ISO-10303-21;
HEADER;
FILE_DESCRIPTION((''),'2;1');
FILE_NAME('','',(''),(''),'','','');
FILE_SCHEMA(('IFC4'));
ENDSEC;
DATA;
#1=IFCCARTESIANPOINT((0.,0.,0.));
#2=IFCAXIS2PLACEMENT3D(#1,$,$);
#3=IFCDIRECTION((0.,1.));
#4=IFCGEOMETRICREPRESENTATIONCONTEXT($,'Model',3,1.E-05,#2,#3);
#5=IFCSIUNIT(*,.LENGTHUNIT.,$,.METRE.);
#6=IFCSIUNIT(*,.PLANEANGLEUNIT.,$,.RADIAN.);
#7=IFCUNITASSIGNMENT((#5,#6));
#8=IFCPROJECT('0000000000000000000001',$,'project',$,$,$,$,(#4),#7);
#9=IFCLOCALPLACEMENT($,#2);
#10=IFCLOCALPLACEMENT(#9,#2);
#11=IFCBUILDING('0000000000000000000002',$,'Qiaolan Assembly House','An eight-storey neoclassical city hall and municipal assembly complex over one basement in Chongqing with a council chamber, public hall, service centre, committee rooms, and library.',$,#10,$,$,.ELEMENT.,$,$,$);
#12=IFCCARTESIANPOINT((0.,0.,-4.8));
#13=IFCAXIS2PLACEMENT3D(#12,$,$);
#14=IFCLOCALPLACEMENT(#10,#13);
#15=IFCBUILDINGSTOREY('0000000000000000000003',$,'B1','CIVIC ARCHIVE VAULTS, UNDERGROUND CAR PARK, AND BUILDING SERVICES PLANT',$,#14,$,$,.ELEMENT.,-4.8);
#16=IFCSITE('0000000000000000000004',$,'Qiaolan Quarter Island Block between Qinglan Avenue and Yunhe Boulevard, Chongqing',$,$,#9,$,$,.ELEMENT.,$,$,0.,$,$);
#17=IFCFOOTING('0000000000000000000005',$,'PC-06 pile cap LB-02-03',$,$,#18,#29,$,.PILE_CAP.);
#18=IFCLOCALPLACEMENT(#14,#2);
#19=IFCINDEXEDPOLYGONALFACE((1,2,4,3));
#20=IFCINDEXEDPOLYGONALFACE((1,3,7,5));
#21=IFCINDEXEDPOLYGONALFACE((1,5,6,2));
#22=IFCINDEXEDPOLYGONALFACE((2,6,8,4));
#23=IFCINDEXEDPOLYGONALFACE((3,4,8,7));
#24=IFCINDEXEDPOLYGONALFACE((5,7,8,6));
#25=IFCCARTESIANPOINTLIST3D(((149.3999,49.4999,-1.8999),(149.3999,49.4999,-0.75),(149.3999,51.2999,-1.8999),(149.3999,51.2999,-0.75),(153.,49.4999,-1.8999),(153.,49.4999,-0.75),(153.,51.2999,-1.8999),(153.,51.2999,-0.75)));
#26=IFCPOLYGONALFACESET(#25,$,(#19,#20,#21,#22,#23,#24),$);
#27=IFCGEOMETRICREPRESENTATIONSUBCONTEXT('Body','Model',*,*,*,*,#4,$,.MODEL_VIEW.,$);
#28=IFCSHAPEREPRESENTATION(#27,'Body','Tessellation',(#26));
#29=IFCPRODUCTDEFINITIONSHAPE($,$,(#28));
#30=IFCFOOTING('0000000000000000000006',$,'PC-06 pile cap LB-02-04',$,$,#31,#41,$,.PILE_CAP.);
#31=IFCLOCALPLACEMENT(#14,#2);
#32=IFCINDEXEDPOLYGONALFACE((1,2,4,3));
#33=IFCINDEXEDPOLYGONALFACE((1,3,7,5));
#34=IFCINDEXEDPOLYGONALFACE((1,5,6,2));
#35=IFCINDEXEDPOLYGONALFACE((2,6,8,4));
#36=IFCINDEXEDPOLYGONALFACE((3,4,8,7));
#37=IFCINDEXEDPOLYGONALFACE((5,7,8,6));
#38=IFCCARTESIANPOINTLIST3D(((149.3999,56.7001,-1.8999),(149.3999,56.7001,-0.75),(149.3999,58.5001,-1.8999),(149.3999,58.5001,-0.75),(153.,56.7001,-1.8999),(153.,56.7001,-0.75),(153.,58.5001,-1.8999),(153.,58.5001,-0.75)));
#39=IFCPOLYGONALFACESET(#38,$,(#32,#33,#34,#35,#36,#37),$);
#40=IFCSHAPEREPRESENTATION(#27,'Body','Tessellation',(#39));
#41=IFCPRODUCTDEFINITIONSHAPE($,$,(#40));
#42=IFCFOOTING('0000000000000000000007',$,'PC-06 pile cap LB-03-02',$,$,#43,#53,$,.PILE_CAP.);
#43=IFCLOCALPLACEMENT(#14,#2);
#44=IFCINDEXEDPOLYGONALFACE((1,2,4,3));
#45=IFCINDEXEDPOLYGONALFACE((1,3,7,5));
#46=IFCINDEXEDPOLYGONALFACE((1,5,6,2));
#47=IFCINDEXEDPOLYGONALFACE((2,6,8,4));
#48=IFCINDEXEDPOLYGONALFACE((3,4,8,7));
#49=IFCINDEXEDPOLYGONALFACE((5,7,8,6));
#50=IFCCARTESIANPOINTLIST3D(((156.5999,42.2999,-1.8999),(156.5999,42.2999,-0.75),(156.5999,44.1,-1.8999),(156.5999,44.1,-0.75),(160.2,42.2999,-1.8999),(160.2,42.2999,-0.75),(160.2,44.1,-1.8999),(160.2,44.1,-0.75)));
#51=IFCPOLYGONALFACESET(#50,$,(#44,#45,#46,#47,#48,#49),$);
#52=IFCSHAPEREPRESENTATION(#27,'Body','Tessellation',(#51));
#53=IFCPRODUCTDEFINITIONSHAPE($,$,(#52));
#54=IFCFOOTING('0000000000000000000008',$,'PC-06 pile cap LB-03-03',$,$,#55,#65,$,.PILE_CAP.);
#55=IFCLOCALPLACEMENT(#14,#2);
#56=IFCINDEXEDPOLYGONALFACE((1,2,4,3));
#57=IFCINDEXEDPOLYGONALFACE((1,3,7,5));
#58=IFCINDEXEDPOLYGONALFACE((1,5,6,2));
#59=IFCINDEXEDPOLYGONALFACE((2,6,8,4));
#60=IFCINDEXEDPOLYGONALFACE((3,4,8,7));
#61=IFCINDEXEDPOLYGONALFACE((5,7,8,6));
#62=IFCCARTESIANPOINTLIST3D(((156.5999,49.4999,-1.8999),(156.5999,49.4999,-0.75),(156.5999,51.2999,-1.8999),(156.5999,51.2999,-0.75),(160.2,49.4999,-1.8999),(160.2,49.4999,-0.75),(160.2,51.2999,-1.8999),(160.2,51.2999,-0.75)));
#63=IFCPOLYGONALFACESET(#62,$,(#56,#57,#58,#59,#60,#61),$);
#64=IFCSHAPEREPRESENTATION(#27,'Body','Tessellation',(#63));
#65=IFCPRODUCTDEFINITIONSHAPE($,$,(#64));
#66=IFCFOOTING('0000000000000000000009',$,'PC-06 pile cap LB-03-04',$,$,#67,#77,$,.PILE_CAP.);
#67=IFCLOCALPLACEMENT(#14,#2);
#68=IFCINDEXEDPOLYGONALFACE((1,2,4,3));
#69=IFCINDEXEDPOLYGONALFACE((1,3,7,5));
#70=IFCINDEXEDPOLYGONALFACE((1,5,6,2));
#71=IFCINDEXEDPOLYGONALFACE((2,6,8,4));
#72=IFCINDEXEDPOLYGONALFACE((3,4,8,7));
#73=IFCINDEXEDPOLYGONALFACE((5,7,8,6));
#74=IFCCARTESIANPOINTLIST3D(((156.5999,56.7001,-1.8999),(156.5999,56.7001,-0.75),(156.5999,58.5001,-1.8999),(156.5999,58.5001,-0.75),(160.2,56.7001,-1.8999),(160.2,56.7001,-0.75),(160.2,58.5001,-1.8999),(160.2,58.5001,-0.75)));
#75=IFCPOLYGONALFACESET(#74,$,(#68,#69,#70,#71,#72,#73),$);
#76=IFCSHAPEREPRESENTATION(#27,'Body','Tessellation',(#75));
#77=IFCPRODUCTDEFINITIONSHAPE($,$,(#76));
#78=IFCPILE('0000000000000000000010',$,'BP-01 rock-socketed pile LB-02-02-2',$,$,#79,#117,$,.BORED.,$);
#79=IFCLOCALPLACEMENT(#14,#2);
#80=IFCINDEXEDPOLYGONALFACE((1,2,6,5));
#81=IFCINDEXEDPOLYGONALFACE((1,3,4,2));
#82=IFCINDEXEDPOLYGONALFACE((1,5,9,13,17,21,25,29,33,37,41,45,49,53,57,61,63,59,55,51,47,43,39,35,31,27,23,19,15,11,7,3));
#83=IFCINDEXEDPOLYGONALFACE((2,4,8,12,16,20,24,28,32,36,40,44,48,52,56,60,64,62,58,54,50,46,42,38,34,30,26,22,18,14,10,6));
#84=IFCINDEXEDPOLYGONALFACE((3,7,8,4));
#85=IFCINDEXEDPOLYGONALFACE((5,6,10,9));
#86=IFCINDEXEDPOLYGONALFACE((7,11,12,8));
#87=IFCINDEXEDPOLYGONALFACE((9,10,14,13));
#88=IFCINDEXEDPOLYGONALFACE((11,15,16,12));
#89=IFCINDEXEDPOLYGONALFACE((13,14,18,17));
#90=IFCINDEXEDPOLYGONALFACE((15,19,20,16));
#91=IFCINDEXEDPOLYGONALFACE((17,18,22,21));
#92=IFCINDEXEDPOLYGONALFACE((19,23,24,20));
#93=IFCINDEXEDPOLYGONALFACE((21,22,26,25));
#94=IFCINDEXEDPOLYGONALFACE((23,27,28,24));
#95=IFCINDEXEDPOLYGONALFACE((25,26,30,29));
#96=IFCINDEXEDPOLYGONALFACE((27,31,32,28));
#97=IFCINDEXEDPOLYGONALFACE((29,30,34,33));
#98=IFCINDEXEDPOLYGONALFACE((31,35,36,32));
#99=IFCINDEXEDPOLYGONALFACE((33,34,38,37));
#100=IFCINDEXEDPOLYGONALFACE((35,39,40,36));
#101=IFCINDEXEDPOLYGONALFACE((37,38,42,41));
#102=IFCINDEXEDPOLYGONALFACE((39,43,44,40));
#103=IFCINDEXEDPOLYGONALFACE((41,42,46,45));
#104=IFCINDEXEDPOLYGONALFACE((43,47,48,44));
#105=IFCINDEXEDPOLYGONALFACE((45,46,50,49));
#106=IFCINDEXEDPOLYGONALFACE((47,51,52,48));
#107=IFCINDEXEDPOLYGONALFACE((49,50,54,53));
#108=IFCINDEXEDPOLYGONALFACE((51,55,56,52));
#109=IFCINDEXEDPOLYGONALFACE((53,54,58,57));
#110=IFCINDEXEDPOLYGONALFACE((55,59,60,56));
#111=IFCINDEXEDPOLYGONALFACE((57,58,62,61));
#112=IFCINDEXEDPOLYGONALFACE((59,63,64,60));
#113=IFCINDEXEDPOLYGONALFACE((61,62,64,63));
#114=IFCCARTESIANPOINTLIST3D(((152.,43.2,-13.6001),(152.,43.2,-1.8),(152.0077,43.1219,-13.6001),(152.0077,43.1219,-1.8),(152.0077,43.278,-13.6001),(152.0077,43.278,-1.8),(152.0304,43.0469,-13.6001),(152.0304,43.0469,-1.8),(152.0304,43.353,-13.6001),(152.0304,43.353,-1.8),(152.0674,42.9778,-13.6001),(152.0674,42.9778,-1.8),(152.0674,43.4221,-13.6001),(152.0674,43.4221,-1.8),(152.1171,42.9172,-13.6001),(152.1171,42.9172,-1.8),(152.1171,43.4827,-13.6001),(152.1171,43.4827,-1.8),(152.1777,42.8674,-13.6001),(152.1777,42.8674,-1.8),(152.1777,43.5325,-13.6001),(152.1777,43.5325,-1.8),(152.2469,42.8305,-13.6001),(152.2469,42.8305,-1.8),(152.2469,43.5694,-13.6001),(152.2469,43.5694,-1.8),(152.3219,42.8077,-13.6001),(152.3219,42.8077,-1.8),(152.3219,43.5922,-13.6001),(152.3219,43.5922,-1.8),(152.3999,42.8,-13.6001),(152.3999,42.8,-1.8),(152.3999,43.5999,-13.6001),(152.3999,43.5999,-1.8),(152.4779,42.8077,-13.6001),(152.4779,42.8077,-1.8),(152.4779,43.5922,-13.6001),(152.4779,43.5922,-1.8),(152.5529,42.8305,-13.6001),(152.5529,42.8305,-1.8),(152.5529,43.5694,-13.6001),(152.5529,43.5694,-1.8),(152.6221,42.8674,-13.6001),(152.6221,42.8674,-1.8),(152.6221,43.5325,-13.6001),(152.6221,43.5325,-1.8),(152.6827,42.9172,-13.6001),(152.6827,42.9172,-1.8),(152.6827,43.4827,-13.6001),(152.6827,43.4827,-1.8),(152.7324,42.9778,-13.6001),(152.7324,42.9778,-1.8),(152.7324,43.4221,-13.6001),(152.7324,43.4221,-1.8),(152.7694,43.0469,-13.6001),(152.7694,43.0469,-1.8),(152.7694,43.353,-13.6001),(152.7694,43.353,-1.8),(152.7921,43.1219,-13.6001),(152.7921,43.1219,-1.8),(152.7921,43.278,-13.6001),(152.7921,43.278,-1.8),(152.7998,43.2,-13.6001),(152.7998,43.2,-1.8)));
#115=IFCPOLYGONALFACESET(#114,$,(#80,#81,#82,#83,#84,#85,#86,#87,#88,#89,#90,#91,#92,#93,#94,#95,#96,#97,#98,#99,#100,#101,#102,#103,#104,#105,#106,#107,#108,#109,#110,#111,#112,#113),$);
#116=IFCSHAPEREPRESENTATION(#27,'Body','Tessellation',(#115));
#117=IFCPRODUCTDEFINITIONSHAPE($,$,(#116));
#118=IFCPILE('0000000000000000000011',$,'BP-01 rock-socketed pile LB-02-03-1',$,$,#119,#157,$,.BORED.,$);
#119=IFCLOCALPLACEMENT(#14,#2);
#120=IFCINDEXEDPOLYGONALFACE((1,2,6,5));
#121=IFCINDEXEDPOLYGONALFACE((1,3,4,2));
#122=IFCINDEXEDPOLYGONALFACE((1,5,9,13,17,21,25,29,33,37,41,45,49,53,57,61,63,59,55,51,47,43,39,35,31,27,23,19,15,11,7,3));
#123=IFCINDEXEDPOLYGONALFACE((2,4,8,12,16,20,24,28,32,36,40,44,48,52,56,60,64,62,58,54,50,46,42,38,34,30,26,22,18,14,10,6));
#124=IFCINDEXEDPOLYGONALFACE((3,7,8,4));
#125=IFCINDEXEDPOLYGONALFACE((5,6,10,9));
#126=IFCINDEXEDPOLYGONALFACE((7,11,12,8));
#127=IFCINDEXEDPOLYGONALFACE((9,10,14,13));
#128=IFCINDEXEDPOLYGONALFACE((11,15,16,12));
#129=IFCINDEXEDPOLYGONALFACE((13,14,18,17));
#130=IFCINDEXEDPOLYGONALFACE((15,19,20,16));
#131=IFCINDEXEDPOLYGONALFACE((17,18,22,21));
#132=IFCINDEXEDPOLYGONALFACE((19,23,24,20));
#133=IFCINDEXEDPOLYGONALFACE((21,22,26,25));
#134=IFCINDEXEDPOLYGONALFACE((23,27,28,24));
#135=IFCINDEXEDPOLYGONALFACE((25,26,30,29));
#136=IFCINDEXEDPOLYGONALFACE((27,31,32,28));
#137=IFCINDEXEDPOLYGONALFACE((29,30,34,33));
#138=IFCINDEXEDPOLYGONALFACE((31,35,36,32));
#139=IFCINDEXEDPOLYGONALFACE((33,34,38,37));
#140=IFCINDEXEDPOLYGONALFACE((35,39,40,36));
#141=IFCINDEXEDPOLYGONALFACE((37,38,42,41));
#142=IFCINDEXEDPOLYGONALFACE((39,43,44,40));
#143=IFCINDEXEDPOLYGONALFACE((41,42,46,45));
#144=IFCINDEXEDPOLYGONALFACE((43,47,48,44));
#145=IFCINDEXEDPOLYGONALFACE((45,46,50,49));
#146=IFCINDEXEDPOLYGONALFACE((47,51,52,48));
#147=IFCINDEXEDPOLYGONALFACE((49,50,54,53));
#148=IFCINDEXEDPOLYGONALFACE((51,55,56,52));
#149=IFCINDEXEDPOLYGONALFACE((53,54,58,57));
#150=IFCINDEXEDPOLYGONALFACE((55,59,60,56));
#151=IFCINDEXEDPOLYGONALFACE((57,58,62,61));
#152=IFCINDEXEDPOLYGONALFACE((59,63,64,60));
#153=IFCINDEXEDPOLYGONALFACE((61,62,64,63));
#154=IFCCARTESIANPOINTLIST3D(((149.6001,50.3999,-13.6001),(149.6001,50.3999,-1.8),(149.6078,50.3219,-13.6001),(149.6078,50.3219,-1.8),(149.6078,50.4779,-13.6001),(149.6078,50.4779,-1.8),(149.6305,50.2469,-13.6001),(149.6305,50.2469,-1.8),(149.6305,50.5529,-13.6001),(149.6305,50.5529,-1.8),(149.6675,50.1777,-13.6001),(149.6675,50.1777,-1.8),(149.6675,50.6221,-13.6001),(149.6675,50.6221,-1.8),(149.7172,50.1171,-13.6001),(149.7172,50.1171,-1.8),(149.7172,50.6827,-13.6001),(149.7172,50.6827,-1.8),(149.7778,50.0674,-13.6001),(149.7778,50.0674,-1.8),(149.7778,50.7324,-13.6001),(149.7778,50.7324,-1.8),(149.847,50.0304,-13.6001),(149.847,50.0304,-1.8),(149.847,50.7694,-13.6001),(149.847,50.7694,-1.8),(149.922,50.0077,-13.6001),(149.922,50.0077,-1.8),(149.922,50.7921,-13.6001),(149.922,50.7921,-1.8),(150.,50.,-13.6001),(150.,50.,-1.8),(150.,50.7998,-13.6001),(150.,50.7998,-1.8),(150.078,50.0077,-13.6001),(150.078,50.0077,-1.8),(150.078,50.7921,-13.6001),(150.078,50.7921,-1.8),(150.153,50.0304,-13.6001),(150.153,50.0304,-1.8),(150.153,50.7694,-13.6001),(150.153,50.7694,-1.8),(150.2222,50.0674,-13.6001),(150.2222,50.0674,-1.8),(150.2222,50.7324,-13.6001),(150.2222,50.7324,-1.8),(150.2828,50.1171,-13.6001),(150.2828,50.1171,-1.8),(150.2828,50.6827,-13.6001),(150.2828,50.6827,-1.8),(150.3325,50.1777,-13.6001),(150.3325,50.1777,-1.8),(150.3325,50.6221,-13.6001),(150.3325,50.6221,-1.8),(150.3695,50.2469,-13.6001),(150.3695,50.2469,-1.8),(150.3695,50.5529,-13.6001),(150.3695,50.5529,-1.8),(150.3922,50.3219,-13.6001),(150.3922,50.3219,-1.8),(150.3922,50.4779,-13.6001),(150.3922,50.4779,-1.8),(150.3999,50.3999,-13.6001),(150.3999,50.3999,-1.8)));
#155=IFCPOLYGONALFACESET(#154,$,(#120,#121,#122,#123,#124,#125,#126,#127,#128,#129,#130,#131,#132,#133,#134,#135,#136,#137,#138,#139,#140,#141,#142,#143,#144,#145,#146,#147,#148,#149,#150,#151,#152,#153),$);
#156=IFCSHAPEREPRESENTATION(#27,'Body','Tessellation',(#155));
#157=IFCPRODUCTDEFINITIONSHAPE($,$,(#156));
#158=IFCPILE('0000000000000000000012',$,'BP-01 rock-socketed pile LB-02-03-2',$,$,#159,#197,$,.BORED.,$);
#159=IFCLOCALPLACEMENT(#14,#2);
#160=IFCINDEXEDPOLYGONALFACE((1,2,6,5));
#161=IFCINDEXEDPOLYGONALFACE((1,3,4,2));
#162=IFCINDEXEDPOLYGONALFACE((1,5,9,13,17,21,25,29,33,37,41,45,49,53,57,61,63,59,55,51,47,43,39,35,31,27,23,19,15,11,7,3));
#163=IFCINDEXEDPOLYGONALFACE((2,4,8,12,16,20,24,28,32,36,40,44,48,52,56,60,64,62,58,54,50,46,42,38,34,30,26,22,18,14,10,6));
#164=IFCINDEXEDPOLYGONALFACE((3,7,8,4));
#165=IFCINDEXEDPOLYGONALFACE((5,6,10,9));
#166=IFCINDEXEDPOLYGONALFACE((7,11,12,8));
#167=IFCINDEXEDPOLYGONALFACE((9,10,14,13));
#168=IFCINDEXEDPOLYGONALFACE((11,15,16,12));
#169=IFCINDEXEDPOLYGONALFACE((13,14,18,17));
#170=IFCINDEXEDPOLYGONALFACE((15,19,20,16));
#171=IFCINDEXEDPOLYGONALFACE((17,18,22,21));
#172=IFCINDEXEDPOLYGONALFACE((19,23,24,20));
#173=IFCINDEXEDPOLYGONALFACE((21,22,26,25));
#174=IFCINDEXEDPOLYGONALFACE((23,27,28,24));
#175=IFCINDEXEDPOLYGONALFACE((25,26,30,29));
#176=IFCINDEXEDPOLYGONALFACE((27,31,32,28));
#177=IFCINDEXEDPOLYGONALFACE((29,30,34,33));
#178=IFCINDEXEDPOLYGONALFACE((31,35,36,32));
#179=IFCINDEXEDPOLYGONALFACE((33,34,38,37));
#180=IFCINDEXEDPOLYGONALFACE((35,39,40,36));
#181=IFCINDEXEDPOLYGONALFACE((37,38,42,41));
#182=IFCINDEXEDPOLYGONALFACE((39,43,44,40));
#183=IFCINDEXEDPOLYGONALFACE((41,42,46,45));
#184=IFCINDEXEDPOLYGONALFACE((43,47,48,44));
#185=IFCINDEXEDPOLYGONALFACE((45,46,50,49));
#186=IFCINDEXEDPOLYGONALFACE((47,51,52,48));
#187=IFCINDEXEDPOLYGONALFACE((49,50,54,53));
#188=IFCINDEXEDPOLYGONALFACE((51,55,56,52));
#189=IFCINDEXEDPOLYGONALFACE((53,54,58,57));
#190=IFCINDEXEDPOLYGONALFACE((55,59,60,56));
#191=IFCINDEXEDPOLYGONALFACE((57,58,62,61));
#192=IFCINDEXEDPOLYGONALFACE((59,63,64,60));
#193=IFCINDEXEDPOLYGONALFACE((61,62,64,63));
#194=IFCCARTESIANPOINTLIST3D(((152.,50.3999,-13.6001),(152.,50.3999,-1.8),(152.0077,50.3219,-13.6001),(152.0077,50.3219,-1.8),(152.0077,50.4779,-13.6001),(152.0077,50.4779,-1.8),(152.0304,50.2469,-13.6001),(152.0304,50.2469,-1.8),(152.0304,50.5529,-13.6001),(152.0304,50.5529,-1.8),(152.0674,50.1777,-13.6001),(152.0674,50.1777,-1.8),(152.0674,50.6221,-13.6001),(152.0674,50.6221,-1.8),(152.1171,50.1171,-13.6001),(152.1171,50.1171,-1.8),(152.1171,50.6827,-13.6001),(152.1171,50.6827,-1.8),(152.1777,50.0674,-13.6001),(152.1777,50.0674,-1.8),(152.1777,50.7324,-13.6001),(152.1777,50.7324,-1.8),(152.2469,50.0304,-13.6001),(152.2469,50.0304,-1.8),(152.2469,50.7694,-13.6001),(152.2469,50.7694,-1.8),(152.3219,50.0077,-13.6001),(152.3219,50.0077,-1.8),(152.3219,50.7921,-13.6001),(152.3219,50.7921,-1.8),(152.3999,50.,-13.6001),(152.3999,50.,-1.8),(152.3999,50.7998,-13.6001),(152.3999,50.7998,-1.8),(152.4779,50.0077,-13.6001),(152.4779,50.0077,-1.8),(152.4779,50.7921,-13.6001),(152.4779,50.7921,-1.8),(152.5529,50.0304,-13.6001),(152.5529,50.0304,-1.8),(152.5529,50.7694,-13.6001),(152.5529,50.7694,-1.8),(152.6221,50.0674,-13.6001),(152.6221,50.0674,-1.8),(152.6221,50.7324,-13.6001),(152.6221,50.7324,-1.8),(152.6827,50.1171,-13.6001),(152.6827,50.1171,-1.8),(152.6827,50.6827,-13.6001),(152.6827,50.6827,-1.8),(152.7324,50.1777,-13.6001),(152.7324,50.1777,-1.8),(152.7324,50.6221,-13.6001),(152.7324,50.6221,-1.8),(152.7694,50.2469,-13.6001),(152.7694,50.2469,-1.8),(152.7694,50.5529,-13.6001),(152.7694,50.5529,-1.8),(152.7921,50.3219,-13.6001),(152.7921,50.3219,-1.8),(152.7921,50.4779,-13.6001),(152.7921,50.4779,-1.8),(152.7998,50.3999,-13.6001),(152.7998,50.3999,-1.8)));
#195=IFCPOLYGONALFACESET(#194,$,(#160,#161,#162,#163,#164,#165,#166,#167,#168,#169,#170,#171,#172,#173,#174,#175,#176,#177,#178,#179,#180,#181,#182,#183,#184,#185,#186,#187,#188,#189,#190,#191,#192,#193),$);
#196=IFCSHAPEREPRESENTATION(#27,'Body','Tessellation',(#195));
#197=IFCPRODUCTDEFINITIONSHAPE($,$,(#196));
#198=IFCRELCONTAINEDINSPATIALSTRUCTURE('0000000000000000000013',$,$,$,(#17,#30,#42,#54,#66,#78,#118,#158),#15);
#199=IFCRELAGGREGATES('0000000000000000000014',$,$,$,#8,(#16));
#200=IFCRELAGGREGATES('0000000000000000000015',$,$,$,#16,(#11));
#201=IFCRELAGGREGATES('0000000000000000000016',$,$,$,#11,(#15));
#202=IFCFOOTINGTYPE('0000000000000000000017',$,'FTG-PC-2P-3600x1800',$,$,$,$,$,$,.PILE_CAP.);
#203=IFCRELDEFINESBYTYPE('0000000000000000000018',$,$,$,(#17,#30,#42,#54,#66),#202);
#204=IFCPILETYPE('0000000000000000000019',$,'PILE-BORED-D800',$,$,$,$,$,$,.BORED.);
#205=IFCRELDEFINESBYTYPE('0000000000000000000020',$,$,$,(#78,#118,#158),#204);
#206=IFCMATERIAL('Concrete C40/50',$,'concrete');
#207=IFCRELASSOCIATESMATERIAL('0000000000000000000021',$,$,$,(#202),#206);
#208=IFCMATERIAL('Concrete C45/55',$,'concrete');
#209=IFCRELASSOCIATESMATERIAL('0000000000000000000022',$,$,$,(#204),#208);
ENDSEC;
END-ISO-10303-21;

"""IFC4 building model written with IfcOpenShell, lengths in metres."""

from ifc_helpers import new_model, si_unit, direction, frame, origin, origin_2d, place, context, subcontext, project, spatial, rectangle, circle, extrude, material, material_profile, profile_set, type_object, element, save


model = new_model("IFC4")

# Units and contexts
model_context = context("Model", 3, precision=1e-05, world=origin(), true_north=direction((0.0, 1.0)))
body_context = subcontext(model_context, "Body", "Model", "MODEL_VIEW")
ifc_project = project(units=[si_unit("LENGTHUNIT", "METRE"), si_unit("PLANEANGLEUNIT", "RADIAN")], contexts=[model_context])

# Site, building, storey
site_placement = place(None, origin())
site = spatial("IfcSite", under=ifc_project, at=site_placement, Name="Qiaolan Quarter Island Block between Qinglan Avenue and Yunhe Boulevard, Chongqing", CompositionType="ELEMENT", RefElevation=0.0)
building_placement = place(site_placement, origin())
building = spatial("IfcBuilding", under=site, at=building_placement, Name="Qiaolan Assembly House", Description="An eight-storey neoclassical city hall and municipal assembly complex over one basement in Chongqing with a council chamber, public hall, service centre, committee rooms, and library.", CompositionType="ELEMENT")
storey_placement = place(building_placement, frame((0.0, 0.0, -4.8)))
storey = spatial("IfcBuildingStorey", under=building, at=storey_placement, Name="B1", Description="CIVIC ARCHIVE VAULTS, UNDERGROUND CAR PARK, AND BUILDING SERVICES PLANT", CompositionType="ELEMENT", Elevation=-4.8)

# Footings
ifc_material_1 = material(Name="Concrete C40/50", Category="concrete")
footing_type = type_object("IfcFootingType", Name="FTG-PC-2P-3600x1800", PredefinedType="PILE_CAP", material=ifc_material_1)
for number, where, z_axis, x_axis, name in (
    (1, (151.2, 50.3999, -1.8999), (0.0, 0.0, 1.0), (1.0, 0.0, 0.0), "PC-06 pile cap LB-02-03"),
    (2, (151.2, 57.6001, -1.8999), (0.0, 0.0, 1.0), (1.0, 0.0, 0.0), "PC-06 pile cap LB-02-04"),
    (3, (158.3999, 43.2, -1.8999), (0.0, 0.0, 1.0), (1.0, 0.0, 0.0), "PC-06 pile cap LB-03-02"),
    (4, (158.3999, 50.3999, -1.8999), (0.0, 0.0, 1.0), (1.0, 0.0, 0.0), "PC-06 pile cap LB-03-03"),
    (5, (158.3999, 57.6001, -1.8999), (0.0, 0.0, 1.0), (1.0, 0.0, 0.0), "PC-06 pile cap LB-03-04"),
):
    element("IfcFooting", number, at=place(storey_placement, frame(where, z_axis=z_axis, x_axis=x_axis)), inside=storey, type_object=footing_type, Name=name, PredefinedType="PILE_CAP", context=body_context, shape_type="SweptSolid", body=[
        extrude(rectangle(XDim=3.6001, YDim=1.8, at=origin_2d()), origin(), (0.0, 0.0, 1.0), 1.1499),
    ])

# Piles
ifc_material_2 = material(Name="Concrete C45/55", Category="concrete")
ifc_material_profile_1 = material_profile(ifc_material_2, circle(Radius=0.3999, at=origin_2d()), Name="PILE D800")
ifc_profile_set_1 = profile_set([ifc_material_profile_1], Name="Concrete C45/55")
pile_type = type_object("IfcPileType", Name="PILE-BORED-D800", PredefinedType="BORED", material=ifc_profile_set_1)
for number, where, z_axis, x_axis, name in (
    (6, (152.3999, 43.2, -1.8), (0.0, 0.0, -1.0), (1.0, 0.0, 0.0), "BP-01 rock-socketed pile LB-02-02-2"),
    (7, (150.0, 50.3999, -1.8), (0.0, 0.0, -1.0), (1.0, 0.0, 0.0), "BP-01 rock-socketed pile LB-02-03-1"),
    (8, (152.3999, 50.3999, -1.8), (0.0, 0.0, -1.0), (1.0, 0.0, 0.0), "BP-01 rock-socketed pile LB-02-03-2"),
):
    element("IfcPile", number, at=place(storey_placement, frame(where, z_axis=z_axis, x_axis=x_axis)), inside=storey, type_object=pile_type, Name=name, PredefinedType="BORED", context=body_context, shape_type="SweptSolid", body=[
        extrude(circle(Radius=0.3999, at=origin_2d()), origin(), (0.0, 0.0, 1.0), 11.8),
    ])

save(model, "model.ifc")
